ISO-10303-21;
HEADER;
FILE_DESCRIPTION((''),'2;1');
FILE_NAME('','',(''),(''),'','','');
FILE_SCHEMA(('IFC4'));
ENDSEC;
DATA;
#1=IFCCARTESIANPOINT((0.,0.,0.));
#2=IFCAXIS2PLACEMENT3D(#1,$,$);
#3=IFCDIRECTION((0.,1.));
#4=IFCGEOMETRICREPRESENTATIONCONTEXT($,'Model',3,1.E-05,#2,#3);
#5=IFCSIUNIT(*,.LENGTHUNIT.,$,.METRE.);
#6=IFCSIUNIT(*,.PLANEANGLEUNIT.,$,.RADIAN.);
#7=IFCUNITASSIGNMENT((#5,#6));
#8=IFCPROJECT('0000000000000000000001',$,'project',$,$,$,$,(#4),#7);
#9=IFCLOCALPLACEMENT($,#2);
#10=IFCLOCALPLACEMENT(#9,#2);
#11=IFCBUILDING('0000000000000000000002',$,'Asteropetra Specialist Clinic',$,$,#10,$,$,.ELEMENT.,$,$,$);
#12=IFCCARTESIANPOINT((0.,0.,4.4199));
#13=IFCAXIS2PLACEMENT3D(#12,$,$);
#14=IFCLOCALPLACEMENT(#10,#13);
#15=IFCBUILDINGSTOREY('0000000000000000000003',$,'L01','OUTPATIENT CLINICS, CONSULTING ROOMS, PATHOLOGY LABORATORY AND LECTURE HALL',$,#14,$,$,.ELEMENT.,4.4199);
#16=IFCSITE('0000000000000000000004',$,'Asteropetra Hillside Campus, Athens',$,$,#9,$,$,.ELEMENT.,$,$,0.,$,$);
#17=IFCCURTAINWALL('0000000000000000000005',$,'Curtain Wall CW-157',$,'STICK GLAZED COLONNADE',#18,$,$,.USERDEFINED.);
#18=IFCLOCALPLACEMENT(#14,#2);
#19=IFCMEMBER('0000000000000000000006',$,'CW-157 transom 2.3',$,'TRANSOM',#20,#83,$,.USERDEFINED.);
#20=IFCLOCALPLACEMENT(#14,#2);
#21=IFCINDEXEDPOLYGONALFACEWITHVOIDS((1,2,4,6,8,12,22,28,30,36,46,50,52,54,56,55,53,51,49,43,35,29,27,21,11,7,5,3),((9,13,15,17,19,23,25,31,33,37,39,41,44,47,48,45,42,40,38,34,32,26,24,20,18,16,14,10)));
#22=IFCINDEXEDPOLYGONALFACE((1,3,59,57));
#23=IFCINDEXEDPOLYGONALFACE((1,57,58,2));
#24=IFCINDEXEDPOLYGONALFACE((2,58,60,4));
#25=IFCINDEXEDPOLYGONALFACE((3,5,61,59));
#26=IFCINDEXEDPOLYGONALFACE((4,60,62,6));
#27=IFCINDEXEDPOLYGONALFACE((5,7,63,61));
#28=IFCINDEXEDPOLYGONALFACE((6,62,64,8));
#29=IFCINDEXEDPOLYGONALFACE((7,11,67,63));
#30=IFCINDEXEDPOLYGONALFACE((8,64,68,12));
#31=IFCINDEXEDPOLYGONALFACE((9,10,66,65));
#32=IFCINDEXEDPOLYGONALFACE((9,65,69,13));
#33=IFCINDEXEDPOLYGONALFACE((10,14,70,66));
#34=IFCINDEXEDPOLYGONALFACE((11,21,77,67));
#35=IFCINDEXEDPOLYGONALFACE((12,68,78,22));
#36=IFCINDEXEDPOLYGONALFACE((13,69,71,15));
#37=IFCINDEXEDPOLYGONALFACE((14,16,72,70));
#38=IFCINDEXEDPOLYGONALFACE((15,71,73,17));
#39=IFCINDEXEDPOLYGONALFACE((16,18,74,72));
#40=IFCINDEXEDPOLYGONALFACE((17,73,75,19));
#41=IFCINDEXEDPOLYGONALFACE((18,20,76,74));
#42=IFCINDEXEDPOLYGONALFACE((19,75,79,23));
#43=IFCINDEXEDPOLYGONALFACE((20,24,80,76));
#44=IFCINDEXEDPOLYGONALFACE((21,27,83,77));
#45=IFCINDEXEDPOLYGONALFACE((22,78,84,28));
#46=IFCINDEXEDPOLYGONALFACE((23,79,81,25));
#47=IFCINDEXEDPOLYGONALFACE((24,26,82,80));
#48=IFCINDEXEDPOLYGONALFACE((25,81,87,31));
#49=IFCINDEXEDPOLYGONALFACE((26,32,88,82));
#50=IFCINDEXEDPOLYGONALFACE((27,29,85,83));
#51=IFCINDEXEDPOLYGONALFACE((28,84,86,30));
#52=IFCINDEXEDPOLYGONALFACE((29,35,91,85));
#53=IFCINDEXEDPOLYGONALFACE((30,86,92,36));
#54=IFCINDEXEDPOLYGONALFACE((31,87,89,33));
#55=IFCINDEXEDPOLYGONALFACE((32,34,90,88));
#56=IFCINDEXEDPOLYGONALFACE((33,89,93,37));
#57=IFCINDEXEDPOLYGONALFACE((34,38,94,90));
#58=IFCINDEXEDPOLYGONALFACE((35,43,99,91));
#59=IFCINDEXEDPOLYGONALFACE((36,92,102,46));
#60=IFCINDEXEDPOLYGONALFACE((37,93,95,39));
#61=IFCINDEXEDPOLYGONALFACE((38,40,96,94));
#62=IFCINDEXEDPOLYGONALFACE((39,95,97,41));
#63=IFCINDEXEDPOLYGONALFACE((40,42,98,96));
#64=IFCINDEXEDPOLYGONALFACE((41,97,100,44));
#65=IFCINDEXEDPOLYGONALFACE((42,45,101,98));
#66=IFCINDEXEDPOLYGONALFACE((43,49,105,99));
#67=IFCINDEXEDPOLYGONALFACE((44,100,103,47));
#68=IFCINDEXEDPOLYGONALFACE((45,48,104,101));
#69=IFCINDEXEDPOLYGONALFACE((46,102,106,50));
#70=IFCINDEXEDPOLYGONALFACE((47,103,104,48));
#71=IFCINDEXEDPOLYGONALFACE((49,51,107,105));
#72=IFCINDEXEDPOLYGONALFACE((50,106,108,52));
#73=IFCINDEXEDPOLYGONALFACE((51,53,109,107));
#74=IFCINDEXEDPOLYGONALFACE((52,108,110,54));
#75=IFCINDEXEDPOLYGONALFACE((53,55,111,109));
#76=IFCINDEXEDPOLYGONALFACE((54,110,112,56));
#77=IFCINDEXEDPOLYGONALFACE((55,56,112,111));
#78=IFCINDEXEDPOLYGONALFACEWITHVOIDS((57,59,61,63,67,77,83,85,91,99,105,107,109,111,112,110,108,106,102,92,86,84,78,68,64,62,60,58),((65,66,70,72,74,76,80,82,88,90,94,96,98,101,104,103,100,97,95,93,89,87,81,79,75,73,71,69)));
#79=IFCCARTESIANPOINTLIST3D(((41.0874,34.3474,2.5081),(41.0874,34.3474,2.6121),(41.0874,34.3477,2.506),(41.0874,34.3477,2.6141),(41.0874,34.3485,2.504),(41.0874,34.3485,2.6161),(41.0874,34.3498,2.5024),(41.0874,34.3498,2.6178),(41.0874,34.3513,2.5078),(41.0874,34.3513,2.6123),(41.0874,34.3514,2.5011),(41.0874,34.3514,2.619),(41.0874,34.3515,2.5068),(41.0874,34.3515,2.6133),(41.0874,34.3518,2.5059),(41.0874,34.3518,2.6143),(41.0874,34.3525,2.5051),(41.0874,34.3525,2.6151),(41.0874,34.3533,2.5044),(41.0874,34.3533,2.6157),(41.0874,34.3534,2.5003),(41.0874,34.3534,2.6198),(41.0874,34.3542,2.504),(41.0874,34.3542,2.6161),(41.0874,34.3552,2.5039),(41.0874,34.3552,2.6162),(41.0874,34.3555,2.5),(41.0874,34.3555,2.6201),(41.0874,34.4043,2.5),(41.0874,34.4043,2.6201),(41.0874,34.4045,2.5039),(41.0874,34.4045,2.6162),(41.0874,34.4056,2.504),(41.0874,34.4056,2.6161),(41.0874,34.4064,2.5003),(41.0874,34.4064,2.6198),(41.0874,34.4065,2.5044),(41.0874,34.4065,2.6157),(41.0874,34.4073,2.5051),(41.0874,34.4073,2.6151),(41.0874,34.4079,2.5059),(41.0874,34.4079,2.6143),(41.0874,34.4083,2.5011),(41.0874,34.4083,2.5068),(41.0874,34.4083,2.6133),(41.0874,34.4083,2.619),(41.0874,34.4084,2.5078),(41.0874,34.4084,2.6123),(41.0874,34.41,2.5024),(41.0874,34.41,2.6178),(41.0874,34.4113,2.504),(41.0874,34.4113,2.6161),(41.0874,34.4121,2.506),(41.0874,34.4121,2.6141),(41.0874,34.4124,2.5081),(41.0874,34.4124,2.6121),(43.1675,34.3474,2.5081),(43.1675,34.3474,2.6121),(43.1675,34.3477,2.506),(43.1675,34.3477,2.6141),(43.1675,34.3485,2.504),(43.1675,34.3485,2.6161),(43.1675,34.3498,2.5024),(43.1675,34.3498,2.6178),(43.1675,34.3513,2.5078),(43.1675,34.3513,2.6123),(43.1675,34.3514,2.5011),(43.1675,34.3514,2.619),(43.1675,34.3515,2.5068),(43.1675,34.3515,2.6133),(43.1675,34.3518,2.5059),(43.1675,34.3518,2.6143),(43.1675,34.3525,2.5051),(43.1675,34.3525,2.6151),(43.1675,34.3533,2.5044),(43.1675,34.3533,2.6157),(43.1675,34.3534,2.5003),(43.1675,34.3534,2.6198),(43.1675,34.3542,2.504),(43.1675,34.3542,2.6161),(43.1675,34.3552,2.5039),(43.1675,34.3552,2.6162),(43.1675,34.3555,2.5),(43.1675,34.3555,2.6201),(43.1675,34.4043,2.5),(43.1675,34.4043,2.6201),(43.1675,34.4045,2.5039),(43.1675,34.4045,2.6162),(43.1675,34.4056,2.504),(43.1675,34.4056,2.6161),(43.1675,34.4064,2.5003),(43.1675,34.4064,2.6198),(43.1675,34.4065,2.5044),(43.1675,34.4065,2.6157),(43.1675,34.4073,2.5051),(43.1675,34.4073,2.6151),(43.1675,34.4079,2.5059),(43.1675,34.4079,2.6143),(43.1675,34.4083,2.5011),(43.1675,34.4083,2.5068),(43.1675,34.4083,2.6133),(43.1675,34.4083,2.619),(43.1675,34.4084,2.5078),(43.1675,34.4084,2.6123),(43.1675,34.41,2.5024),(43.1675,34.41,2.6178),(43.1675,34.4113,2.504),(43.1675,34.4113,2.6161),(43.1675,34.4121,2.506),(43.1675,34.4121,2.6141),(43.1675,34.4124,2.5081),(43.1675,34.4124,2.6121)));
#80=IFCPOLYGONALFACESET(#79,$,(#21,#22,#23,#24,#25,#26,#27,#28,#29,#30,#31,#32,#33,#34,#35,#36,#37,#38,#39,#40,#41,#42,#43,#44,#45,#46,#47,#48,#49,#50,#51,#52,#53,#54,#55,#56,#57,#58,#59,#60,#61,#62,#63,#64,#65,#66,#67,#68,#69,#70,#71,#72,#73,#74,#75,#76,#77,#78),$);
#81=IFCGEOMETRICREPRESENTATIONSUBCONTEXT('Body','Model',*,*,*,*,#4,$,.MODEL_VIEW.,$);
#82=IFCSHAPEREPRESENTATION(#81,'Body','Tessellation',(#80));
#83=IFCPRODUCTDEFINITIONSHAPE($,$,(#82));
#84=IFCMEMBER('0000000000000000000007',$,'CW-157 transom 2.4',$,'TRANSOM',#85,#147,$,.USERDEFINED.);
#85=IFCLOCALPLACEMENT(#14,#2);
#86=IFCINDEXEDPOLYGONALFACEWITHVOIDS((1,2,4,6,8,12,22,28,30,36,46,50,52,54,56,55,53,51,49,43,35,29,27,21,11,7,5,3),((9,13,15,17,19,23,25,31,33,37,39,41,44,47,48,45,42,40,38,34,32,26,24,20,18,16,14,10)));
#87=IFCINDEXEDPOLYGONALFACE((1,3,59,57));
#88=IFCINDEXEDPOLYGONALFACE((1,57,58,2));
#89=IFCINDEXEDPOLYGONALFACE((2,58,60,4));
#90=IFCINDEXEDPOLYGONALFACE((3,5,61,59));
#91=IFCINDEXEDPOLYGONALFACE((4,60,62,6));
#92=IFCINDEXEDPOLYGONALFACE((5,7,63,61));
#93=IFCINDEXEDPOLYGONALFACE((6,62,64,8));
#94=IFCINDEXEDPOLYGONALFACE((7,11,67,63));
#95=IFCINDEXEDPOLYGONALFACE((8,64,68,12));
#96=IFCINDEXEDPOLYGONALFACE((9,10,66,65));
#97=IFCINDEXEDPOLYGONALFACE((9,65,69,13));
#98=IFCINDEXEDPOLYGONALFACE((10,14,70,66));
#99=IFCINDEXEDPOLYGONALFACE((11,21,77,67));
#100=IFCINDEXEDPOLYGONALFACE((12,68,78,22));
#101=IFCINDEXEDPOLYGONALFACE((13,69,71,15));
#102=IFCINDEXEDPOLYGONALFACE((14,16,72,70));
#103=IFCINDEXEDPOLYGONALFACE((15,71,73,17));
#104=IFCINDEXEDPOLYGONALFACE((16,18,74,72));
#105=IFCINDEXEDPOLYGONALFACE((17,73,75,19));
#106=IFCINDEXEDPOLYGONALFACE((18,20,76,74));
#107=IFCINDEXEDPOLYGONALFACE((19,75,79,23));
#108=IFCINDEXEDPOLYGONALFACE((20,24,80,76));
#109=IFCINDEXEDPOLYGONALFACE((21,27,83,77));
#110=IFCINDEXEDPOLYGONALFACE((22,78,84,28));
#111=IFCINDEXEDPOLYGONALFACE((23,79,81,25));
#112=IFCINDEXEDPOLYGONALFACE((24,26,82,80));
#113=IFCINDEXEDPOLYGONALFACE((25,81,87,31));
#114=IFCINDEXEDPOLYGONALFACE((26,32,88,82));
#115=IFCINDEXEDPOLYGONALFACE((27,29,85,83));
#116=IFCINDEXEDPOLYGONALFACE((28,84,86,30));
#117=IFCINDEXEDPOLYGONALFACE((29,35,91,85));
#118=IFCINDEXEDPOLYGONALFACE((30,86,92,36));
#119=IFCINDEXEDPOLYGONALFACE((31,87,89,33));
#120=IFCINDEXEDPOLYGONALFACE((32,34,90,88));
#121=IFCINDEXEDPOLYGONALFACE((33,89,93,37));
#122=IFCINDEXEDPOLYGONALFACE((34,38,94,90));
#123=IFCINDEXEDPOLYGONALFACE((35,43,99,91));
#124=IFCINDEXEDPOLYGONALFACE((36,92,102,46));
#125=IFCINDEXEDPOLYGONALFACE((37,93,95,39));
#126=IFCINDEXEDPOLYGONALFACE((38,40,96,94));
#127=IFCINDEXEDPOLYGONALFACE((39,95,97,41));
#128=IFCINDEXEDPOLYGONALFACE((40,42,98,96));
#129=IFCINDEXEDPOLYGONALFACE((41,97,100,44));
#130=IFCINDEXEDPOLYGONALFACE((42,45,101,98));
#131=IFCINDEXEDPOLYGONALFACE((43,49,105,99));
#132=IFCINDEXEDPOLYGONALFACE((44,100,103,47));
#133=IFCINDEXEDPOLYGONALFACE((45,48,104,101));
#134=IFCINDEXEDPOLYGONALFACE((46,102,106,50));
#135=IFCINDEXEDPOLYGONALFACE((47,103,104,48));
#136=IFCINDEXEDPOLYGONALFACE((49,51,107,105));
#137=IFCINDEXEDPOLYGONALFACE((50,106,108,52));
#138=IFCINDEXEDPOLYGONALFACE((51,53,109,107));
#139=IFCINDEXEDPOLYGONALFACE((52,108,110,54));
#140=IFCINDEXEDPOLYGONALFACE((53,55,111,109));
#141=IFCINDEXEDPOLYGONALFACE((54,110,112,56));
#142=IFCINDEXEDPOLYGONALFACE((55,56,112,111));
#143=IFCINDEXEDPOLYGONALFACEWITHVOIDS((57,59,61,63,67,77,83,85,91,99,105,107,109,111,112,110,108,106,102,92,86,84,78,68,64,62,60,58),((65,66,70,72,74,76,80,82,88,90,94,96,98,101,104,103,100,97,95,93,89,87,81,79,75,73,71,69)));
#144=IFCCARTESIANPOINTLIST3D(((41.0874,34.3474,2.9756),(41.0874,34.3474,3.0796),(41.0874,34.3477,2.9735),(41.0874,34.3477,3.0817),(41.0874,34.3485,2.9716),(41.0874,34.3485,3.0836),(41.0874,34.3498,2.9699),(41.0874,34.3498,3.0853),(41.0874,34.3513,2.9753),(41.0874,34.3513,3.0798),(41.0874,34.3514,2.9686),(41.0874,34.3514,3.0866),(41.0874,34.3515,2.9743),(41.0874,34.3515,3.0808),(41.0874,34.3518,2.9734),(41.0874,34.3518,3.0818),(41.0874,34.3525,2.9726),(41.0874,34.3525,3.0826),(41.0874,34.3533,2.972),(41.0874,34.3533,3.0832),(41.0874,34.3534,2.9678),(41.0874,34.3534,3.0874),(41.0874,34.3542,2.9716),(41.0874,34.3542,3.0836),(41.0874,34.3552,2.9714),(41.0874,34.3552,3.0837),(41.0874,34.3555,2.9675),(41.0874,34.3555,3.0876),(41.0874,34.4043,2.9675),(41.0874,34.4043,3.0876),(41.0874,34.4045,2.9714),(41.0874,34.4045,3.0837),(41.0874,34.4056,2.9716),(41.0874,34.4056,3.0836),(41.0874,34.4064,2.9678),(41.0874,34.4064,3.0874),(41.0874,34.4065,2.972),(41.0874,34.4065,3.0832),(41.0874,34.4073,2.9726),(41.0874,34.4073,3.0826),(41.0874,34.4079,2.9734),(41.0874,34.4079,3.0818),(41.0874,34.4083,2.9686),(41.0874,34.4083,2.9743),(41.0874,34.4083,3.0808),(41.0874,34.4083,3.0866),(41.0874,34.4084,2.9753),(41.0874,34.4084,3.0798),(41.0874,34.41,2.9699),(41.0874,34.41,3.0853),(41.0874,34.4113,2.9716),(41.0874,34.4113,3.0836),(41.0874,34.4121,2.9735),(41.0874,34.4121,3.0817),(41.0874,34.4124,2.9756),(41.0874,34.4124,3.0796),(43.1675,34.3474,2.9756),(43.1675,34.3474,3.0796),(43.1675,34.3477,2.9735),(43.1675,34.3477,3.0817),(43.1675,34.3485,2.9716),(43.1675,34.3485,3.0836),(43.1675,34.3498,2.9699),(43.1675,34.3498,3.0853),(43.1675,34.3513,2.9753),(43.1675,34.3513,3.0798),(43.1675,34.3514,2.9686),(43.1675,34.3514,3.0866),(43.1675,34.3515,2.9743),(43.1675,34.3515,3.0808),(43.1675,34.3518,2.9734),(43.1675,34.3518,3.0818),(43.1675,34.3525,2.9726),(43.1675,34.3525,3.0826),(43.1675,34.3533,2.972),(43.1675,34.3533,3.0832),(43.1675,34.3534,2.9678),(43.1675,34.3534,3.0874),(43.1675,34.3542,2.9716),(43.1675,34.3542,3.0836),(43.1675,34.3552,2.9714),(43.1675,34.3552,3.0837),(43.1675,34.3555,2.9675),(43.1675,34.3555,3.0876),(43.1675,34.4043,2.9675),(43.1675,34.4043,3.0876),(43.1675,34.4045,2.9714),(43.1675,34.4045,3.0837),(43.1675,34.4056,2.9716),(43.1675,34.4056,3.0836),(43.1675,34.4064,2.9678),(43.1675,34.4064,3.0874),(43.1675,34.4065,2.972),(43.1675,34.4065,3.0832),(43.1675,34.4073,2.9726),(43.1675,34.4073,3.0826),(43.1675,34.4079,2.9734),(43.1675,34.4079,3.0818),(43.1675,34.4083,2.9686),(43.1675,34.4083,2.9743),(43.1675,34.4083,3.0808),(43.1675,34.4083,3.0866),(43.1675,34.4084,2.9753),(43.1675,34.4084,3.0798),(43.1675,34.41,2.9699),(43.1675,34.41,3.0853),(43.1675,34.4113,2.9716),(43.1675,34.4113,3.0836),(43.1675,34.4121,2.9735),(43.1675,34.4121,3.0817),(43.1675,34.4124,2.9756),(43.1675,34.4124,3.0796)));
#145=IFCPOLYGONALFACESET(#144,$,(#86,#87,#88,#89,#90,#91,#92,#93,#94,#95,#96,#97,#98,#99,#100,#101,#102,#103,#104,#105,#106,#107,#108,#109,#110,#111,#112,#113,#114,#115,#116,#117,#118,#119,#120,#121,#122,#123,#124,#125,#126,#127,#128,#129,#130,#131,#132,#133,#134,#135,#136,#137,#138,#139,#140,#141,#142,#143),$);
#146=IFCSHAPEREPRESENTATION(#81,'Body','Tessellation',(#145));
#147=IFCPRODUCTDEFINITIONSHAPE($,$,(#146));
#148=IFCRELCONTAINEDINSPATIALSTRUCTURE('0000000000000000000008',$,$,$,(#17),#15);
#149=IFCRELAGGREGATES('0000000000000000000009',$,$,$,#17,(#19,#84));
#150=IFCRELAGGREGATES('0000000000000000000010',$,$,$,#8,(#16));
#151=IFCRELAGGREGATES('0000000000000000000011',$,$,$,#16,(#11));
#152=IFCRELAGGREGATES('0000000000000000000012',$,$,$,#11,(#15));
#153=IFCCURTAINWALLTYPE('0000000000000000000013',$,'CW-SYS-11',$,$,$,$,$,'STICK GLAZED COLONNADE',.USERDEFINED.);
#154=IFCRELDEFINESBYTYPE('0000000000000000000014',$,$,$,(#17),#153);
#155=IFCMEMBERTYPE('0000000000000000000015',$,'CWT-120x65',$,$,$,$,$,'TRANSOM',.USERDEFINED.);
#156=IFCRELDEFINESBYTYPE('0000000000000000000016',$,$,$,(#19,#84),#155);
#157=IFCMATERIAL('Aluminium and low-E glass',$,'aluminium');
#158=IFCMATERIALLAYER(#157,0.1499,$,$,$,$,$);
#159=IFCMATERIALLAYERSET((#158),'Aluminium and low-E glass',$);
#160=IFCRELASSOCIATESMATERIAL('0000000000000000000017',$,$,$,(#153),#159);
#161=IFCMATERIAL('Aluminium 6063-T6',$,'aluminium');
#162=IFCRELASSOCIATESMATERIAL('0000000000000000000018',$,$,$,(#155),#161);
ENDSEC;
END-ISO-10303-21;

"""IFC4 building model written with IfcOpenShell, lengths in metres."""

from ifc_helpers import new_model, si_unit, direction, frame, origin, origin_2d, place, context, subcontext, project, spatial, hollow_rectangle, extrude, material, layer, layer_set, material_profile, profile_set, type_object, element, aggregate, save


model = new_model("IFC4")

# Units and contexts
model_context = context("Model", 3, precision=1e-05, world=origin(), true_north=direction((0.0, 1.0)))
body_context = subcontext(model_context, "Body", "Model", "MODEL_VIEW")
ifc_project = project(units=[si_unit("LENGTHUNIT", "METRE"), si_unit("PLANEANGLEUNIT", "RADIAN")], contexts=[model_context])

# Site, building, storey
site_placement = place(None, origin())
site = spatial("IfcSite", under=ifc_project, at=site_placement, Name="Asteropetra Hillside Campus, Athens", CompositionType="ELEMENT", RefElevation=0.0)
building_placement = place(site_placement, origin())
building = spatial("IfcBuilding", under=site, at=building_placement, Name="Asteropetra Specialist Clinic", CompositionType="ELEMENT")
storey_placement = place(building_placement, frame((0.0, 0.0, 4.4199)))
storey = spatial("IfcBuildingStorey", under=building, at=storey_placement, Name="L01", Description="OUTPATIENT CLINICS, CONSULTING ROOMS, PATHOLOGY LABORATORY AND LECTURE HALL", CompositionType="ELEMENT", Elevation=4.4199)

# Curtain wall
ifc_material_1 = material(Name="Aluminium and low-E glass", Category="aluminium")
ifc_layer_1 = layer(ifc_material_1, 0.1499)
ifc_layer_set_1 = layer_set([ifc_layer_1], Name="Aluminium and low-E glass")
curtain_wall_type_1 = type_object("IfcCurtainWallType", Name="CW-SYS-11", ElementType="STICK GLAZED COLONNADE", PredefinedType="USERDEFINED", material=ifc_layer_set_1)
curtain_wall_1_placement = place(storey_placement, origin())
curtain_wall_1 = element("IfcCurtainWall", 1, at=curtain_wall_1_placement, inside=storey, type_object=curtain_wall_type_1, Name="Curtain Wall CW-157", ObjectType="STICK GLAZED COLONNADE", PredefinedType="USERDEFINED")

# Members
ifc_material_2 = material(Name="Aluminium 6063-T6", Category="aluminium")
ifc_material_profile_1 = material_profile(ifc_material_2, hollow_rectangle(XDim=0.0649, YDim=0.1201, WallThickness=0.0039, InnerFilletRadius=0.0039, OuterFilletRadius=0.0081, at=origin_2d()), Name="TRN 120x65x4.0")
ifc_profile_set_1 = profile_set([ifc_material_profile_1], Name="Aluminium 6063-T6")
member_type_1 = type_object("IfcMemberType", Name="CWT-120x65", ElementType="TRANSOM", PredefinedType="USERDEFINED", material=ifc_profile_set_1)
member_1_placement = place(storey_placement, frame((41.0874, 34.3799, 2.5601), z_axis=(1.0, 0.0, 0.0), x_axis=(0.0, 1.0, 0.0)))
member_1 = element("IfcMember", 2, at=member_1_placement, type_object=member_type_1, Name="CW-157 transom 2.3", ObjectType="TRANSOM", PredefinedType="USERDEFINED", context=body_context, shape_type="SweptSolid", body=[
    extrude(hollow_rectangle(XDim=0.0649, YDim=0.1201, WallThickness=0.0039, InnerFilletRadius=0.0039, OuterFilletRadius=0.0081, at=origin_2d()), origin(), (0.0, 0.0, 1.0), 2.0801),
])
member_2_placement = place(storey_placement, frame((41.0874, 34.3799, 3.0276), z_axis=(1.0, 0.0, 0.0), x_axis=(0.0, 1.0, 0.0)))
member_2 = element("IfcMember", 3, at=member_2_placement, type_object=member_type_1, Name="CW-157 transom 2.4", ObjectType="TRANSOM", PredefinedType="USERDEFINED", context=body_context, shape_type="SweptSolid", body=[
    extrude(hollow_rectangle(XDim=0.0649, YDim=0.1201, WallThickness=0.0039, InnerFilletRadius=0.0039, OuterFilletRadius=0.0081, at=origin_2d()), origin(), (0.0, 0.0, 1.0), 2.0801),
])

aggregate(curtain_wall_1, [member_1, member_2])

save(model, "model.ifc")
